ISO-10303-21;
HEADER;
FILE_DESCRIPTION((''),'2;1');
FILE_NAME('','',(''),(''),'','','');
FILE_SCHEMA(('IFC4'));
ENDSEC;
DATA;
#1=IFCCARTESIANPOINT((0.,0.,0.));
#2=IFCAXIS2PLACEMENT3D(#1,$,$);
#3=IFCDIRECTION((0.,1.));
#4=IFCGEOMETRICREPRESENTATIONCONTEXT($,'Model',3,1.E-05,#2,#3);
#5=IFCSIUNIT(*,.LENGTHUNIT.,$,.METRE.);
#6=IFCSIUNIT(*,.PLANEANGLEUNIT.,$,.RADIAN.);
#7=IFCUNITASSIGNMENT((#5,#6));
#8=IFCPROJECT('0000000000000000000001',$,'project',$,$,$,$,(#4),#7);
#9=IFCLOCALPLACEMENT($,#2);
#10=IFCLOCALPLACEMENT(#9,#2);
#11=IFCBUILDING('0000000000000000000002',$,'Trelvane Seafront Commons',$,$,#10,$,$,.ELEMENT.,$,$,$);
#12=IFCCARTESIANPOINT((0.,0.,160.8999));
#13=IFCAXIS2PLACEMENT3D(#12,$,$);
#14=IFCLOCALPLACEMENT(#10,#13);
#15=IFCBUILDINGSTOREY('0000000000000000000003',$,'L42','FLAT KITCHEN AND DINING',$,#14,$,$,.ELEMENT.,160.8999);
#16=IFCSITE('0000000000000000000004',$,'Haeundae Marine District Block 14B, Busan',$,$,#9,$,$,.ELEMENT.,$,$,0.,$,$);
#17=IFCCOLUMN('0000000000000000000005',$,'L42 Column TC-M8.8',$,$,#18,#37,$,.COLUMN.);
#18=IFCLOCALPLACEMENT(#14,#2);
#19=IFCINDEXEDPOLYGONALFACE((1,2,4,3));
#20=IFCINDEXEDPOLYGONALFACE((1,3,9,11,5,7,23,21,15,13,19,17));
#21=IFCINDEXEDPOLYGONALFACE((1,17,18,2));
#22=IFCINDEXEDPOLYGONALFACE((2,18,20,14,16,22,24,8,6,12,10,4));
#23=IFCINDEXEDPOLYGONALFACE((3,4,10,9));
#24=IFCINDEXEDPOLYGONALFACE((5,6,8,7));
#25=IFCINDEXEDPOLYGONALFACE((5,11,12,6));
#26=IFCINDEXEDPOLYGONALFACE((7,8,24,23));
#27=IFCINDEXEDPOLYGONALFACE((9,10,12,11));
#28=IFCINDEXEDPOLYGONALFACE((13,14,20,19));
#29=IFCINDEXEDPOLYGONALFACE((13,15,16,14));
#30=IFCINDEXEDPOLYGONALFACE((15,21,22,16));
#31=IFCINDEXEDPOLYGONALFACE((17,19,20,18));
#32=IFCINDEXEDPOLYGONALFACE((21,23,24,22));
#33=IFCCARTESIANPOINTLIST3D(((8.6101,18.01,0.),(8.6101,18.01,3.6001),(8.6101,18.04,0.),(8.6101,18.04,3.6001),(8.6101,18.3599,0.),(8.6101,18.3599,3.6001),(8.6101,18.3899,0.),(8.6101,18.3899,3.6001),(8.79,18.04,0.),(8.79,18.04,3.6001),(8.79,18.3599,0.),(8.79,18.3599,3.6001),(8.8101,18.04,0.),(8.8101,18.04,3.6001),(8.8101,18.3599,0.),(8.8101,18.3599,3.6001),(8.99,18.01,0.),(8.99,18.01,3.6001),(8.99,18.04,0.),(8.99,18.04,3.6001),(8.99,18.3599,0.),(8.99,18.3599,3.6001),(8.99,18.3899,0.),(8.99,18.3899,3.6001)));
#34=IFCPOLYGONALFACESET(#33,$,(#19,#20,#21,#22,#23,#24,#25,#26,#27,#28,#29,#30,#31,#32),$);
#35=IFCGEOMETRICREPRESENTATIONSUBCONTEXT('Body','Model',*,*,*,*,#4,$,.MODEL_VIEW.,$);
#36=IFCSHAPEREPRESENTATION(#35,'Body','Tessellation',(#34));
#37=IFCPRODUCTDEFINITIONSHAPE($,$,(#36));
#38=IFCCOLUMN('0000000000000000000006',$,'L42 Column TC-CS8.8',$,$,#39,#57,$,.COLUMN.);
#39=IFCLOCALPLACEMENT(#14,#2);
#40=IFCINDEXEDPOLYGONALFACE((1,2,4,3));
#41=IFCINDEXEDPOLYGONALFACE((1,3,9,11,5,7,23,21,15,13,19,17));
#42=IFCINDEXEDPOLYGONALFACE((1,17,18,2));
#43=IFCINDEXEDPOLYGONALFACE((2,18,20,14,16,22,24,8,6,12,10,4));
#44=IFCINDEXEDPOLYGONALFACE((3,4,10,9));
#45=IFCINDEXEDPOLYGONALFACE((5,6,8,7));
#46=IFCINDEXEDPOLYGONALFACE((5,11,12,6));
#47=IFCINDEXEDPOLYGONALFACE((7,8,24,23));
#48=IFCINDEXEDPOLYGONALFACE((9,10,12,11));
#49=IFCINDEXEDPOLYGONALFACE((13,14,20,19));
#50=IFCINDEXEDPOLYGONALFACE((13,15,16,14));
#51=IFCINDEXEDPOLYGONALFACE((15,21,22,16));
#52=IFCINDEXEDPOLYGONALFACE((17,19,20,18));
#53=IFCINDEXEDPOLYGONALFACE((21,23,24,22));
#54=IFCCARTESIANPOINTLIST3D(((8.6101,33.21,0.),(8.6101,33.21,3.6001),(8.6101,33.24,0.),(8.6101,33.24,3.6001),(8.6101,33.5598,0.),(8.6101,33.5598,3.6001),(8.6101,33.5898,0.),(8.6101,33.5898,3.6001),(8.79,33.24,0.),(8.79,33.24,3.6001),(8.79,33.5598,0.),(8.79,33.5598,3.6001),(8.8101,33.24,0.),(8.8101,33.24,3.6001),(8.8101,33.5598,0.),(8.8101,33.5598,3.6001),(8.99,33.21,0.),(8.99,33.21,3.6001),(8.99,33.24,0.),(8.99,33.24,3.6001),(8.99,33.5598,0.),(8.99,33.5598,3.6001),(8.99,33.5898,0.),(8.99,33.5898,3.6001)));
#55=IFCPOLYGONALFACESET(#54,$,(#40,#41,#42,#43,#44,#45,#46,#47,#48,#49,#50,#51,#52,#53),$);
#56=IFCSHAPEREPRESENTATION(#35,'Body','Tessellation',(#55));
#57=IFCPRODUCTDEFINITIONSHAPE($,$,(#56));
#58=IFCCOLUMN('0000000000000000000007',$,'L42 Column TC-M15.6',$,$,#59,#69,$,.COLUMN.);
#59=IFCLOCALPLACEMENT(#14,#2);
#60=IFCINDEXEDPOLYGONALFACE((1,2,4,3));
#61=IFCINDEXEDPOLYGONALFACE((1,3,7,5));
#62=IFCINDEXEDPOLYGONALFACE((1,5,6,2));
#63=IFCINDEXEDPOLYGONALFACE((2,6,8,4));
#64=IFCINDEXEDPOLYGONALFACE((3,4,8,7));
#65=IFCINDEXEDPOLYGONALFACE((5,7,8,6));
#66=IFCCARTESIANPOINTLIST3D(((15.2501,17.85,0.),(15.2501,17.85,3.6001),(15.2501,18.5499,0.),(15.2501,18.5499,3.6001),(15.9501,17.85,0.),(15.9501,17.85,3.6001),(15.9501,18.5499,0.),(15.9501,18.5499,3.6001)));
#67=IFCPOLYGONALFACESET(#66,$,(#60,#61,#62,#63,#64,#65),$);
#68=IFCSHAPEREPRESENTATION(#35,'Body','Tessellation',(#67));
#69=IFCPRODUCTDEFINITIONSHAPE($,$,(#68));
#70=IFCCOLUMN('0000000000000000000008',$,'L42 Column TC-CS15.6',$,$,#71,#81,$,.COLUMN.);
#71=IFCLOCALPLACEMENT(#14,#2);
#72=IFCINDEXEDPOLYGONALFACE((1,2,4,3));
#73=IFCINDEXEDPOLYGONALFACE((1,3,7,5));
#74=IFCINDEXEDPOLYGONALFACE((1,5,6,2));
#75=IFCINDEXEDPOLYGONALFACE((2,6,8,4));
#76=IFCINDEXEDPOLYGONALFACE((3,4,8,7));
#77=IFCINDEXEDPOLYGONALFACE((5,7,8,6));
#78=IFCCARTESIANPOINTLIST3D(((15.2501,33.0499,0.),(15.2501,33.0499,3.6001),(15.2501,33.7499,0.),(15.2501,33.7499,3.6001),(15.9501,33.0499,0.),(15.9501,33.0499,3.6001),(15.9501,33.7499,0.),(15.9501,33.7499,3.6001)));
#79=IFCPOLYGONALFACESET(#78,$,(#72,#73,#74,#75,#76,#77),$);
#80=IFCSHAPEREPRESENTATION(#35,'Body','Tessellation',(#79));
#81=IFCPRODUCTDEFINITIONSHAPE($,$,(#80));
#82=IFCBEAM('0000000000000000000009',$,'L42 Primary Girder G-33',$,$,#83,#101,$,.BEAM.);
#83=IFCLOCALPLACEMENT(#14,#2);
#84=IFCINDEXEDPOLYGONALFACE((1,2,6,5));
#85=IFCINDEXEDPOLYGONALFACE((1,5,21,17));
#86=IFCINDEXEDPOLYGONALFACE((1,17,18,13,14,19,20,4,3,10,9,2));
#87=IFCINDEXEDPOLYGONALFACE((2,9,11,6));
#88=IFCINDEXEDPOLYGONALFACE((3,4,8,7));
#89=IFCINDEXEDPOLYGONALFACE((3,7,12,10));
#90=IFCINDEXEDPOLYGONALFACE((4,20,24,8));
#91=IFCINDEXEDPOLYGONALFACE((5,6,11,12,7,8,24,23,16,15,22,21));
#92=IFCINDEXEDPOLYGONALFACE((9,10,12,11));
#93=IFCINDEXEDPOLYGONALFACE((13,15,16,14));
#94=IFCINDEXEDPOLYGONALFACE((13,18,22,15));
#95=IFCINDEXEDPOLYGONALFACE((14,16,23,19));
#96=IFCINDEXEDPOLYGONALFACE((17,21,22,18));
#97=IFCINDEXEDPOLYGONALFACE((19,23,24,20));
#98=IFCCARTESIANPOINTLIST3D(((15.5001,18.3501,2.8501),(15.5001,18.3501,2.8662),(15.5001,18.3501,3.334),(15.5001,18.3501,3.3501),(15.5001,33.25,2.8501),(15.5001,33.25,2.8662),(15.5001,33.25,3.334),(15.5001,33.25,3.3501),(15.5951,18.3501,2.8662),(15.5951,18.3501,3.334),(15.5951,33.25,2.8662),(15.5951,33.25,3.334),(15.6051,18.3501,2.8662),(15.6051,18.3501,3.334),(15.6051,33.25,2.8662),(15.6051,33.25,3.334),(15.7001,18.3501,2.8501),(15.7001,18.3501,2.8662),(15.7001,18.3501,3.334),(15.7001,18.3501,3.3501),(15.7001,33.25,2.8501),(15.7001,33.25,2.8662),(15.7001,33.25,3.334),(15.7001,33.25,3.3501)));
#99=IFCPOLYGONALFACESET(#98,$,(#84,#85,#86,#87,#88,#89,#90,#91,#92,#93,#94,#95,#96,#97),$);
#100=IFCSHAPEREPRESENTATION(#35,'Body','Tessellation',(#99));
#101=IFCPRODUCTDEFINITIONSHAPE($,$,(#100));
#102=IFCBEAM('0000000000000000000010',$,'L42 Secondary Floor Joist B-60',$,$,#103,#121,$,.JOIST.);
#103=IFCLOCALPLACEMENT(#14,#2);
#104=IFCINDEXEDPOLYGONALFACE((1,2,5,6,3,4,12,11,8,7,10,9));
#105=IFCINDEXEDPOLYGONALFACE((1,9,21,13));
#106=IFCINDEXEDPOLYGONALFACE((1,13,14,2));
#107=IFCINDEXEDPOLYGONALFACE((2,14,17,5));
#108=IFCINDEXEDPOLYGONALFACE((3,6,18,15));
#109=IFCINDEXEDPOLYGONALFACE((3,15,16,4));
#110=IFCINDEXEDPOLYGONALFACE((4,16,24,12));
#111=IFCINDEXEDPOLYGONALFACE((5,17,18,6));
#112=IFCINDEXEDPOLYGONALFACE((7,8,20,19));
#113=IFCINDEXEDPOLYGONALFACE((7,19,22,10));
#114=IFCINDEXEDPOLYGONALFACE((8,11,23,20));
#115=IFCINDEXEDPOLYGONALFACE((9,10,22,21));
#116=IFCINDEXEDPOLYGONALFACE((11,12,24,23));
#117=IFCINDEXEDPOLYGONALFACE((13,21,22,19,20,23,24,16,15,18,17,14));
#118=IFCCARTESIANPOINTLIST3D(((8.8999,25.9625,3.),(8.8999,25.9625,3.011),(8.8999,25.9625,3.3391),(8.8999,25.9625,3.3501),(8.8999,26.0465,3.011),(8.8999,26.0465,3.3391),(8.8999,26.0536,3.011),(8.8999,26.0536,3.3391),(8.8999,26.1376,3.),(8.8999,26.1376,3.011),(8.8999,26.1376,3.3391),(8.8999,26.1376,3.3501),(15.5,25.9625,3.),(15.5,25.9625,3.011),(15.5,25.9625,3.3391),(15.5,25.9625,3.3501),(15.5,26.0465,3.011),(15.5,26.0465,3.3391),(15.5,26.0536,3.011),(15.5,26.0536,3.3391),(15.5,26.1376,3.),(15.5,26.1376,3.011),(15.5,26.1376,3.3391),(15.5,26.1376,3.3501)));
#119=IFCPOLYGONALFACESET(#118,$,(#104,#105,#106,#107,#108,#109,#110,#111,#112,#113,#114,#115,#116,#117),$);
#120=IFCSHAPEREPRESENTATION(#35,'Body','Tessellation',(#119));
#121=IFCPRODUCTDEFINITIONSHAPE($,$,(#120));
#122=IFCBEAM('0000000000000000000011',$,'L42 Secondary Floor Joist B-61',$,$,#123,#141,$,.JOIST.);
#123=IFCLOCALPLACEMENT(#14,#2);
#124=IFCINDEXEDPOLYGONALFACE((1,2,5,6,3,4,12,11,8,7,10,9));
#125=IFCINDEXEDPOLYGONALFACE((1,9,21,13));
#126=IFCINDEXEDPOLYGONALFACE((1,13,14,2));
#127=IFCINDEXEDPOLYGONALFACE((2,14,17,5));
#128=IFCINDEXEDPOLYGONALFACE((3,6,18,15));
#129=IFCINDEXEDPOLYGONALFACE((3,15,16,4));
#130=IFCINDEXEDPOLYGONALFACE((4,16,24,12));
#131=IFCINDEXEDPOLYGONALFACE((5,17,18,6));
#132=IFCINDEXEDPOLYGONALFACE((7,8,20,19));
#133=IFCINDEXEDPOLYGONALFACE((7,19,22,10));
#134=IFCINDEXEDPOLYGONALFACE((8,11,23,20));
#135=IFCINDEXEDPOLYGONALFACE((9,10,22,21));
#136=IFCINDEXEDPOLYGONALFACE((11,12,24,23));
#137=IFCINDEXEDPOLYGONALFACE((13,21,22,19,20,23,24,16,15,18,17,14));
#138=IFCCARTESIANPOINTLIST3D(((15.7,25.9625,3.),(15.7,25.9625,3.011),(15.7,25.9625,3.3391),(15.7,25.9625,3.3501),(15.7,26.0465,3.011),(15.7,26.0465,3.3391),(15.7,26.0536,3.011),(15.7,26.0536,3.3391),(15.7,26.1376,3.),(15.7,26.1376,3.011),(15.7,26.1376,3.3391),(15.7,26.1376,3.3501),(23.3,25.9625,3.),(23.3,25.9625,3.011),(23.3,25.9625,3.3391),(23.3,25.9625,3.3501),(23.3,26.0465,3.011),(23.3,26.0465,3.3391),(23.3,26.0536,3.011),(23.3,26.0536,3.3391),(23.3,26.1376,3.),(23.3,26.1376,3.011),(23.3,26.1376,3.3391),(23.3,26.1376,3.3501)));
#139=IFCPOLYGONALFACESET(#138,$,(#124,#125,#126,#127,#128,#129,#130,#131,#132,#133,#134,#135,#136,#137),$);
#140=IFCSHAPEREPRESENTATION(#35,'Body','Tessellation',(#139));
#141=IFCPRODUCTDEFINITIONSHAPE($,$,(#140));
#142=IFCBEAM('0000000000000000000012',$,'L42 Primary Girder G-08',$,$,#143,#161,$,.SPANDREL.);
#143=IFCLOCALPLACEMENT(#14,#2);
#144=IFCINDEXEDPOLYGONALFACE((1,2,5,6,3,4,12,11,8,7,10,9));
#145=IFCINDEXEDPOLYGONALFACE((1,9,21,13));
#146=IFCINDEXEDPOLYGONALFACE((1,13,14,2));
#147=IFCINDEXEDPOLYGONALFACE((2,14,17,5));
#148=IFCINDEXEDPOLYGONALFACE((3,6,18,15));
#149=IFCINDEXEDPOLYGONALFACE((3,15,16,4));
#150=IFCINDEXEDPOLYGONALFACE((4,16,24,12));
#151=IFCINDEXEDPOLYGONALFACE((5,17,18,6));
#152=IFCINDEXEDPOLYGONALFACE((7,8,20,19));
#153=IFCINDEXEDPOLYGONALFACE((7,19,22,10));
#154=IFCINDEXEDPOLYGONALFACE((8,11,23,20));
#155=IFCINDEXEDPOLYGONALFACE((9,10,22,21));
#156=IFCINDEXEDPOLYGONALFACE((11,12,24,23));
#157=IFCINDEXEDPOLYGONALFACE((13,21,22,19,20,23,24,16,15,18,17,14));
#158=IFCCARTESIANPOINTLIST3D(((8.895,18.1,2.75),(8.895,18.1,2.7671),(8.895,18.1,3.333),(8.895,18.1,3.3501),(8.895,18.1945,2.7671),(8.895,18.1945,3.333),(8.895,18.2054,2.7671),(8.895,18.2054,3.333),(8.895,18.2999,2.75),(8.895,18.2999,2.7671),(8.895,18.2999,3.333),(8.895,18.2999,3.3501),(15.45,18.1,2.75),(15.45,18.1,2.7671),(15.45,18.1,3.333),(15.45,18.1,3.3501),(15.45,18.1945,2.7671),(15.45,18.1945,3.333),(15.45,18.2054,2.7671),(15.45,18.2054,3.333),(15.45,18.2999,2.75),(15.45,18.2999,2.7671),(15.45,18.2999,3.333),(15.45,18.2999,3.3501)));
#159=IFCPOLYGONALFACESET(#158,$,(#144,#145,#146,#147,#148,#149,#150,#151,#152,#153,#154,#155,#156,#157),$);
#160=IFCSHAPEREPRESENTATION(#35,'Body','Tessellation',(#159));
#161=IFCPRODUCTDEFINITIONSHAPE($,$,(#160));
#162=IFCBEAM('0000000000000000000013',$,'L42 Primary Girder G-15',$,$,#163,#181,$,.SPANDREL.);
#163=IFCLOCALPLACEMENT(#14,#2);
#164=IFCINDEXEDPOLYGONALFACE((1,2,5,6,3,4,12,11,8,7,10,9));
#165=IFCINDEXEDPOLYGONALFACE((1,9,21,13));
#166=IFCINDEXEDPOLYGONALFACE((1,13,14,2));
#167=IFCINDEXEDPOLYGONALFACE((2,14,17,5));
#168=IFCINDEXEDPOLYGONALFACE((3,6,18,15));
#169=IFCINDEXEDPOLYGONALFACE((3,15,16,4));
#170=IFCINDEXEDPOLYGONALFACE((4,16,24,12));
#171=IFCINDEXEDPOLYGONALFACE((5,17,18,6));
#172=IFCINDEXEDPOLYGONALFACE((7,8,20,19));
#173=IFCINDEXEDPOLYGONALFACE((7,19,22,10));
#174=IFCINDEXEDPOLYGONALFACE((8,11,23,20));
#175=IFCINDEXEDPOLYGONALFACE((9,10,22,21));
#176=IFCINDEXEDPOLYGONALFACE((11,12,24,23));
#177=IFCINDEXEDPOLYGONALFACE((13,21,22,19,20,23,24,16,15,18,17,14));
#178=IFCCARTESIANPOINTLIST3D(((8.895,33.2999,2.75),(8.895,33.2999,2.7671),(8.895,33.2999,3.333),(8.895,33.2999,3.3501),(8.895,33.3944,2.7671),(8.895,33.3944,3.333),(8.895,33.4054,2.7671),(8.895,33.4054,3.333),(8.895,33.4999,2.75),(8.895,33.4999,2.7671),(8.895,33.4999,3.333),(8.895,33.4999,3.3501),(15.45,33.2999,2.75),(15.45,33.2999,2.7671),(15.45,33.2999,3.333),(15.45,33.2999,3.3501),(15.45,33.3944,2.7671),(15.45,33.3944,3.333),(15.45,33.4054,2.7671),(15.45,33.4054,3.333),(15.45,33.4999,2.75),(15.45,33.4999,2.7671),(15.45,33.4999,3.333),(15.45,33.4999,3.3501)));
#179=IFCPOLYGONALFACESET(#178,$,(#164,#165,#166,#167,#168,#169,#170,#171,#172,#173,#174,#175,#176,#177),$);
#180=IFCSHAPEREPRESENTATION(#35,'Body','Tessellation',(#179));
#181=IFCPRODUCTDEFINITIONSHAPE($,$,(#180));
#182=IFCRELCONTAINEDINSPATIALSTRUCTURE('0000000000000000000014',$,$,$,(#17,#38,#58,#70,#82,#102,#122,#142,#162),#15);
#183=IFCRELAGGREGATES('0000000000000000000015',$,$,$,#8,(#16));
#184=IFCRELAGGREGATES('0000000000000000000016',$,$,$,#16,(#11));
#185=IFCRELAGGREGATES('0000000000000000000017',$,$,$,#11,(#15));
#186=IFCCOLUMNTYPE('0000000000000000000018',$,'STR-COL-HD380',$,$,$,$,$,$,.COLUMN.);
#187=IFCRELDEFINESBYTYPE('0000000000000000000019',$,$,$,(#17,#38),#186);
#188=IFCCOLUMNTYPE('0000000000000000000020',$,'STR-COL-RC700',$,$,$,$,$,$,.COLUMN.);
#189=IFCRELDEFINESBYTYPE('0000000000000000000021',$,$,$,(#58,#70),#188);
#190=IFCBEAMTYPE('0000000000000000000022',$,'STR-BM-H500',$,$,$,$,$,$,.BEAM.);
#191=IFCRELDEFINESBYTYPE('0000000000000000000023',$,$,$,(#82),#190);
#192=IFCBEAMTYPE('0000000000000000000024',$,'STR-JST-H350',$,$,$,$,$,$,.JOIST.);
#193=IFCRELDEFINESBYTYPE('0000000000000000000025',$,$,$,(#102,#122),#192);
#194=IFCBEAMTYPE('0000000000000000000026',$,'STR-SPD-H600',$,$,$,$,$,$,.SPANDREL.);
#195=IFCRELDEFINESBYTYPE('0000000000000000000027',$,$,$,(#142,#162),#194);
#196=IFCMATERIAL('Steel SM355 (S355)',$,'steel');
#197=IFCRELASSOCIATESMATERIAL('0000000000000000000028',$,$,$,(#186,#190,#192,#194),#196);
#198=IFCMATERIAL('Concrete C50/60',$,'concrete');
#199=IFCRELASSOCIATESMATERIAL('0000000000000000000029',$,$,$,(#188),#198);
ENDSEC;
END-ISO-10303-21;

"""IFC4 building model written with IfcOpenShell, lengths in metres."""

from ifc_helpers import new_model, si_unit, direction, frame, origin, origin_2d, place, context, subcontext, project, spatial, rectangle, i_section, extrude, source, transform, mapped, material, material_profile, profile_set, type_object, element, save


model = new_model("IFC4")

# Units and contexts
model_context = context("Model", 3, precision=1e-05, world=origin(), true_north=direction((0.0, 1.0)))
body_context = subcontext(model_context, "Body", "Model", "MODEL_VIEW")
ifc_project = project(units=[si_unit("LENGTHUNIT", "METRE"), si_unit("PLANEANGLEUNIT", "RADIAN")], contexts=[model_context])

# Site, building, storey
site_placement = place(None, origin())
site = spatial("IfcSite", under=ifc_project, at=site_placement, Name="Haeundae Marine District Block 14B, Busan", CompositionType="ELEMENT", RefElevation=0.0)
building_placement = place(site_placement, origin())
building = spatial("IfcBuilding", under=site, at=building_placement, Name="Trelvane Seafront Commons", CompositionType="ELEMENT")
storey_placement = place(building_placement, frame((0.0, 0.0, 160.8999)))
storey = spatial("IfcBuildingStorey", under=building, at=storey_placement, Name="L42", Description="FLAT KITCHEN AND DINING", CompositionType="ELEMENT", Elevation=160.8999)

# Columns
ifc_material_1 = material(Name="Steel SM355 (S355)", Category="steel")
ifc_material_profile_1 = material_profile(ifc_material_1, i_section(OverallWidth=0.3799, OverallDepth=0.3799, WebThickness=0.02, FlangeThickness=0.03, at=origin_2d()), Name="HD-380x380x20x30")
ifc_profile_set_1 = profile_set([ifc_material_profile_1], Name="Steel SM355 (S355)")
column_type_1 = type_object("IfcColumnType", Name="STR-COL-HD380", PredefinedType="COLUMN", material=ifc_profile_set_1)
shared_shape_1 = source(origin(), body_context, "Body", "SweptSolid", [
    extrude(i_section(OverallWidth=0.3799, OverallDepth=0.3799, WebThickness=0.02, FlangeThickness=0.03, at=origin_2d()), origin(), (0.0, 0.0, 1.0), 3.6001),
])
for number, where, z_axis, x_axis, name in (
    (1, (8.8, 18.2, 0.0), (0.0, 0.0, 1.0), (1.0, 0.0, 0.0), "L42 Column TC-M8.8"),
    (2, (8.8, 33.3999, 0.0), (0.0, 0.0, 1.0), (1.0, 0.0, 0.0), "L42 Column TC-CS8.8"),
):
    element("IfcColumn", number, at=place(storey_placement, frame(where, z_axis=z_axis, x_axis=x_axis)), inside=storey, type_object=column_type_1, Name=name, PredefinedType="COLUMN", context=body_context, shape_type="MappedRepresentation", body=[
        mapped(shared_shape_1, transform((0.0, 0.0, 0.0), x_axis=(1.0, 0.0, 0.0), y_axis=(0.0, 1.0, 0.0), z_axis=(0.0, 0.0, 1.0), scale=1.0)),
    ])
ifc_material_2 = material(Name="Concrete C50/60", Category="concrete")
ifc_material_profile_2 = material_profile(ifc_material_2, rectangle(XDim=0.7, YDim=0.7, at=origin_2d()), Name="RC-700x700")
ifc_profile_set_2 = profile_set([ifc_material_profile_2], Name="Concrete C50/60")
column_type_2 = type_object("IfcColumnType", Name="STR-COL-RC700", PredefinedType="COLUMN", material=ifc_profile_set_2)
shared_shape_2 = source(origin(), body_context, "Body", "SweptSolid", [
    extrude(rectangle(XDim=0.7, YDim=0.7, at=origin_2d()), origin(), (0.0, 0.0, 1.0), 3.6001),
])
for number, where, z_axis, x_axis, name in (
    (3, (15.6001, 18.2, 0.0), (0.0, 0.0, 1.0), (1.0, 0.0, 0.0), "L42 Column TC-M15.6"),
    (4, (15.6001, 33.3999, 0.0), (0.0, 0.0, 1.0), (1.0, 0.0, 0.0), "L42 Column TC-CS15.6"),
):
    element("IfcColumn", number, at=place(storey_placement, frame(where, z_axis=z_axis, x_axis=x_axis)), inside=storey, type_object=column_type_2, Name=name, PredefinedType="COLUMN", context=body_context, shape_type="MappedRepresentation", body=[
        mapped(shared_shape_2, transform((0.0, 0.0, 0.0), x_axis=(1.0, 0.0, 0.0), y_axis=(0.0, 1.0, 0.0), z_axis=(0.0, 0.0, 1.0), scale=1.0)),
    ])

# Beams
ifc_material_profile_3 = material_profile(ifc_material_1, i_section(OverallWidth=0.2, OverallDepth=0.5, WebThickness=0.01, FlangeThickness=0.0161, at=origin_2d()), Name="H-500x200x10x16")
ifc_profile_set_3 = profile_set([ifc_material_profile_3], Name="Steel SM355 (S355)")
beam_type_1 = type_object("IfcBeamType", Name="STR-BM-H500", PredefinedType="BEAM", material=ifc_profile_set_3)
shared_shape_3 = source(origin(), body_context, "Body", "SweptSolid", [
    extrude(i_section(OverallWidth=0.2, OverallDepth=0.5, WebThickness=0.01, FlangeThickness=0.0161, at=origin_2d()), origin(), (0.0, 0.0, 1.0), 14.8999),
])
beam_1_placement = place(storey_placement, frame((15.6001, 18.3501, 3.1001), z_axis=(0.0, 1.0, 0.0), x_axis=(-1.0, 0.0, 0.0)))
element("IfcBeam", 5, at=beam_1_placement, inside=storey, type_object=beam_type_1, Name="L42 Primary Girder G-33", PredefinedType="BEAM", context=body_context, shape_type="MappedRepresentation", body=[
    mapped(shared_shape_3, transform((0.0, 0.0, 0.0), x_axis=(1.0, 0.0, 0.0), y_axis=(0.0, 1.0, 0.0), z_axis=(0.0, 0.0, 1.0), scale=1.0)),
])
ifc_material_profile_4 = material_profile(ifc_material_1, i_section(OverallWidth=0.175, OverallDepth=0.3501, WebThickness=0.0071, FlangeThickness=0.011, at=origin_2d()), Name="H-350x175x7x11")
ifc_profile_set_4 = profile_set([ifc_material_profile_4], Name="Steel SM355 (S355)")
beam_type_2 = type_object("IfcBeamType", Name="STR-JST-H350", PredefinedType="JOIST", material=ifc_profile_set_4)
shared_shape_4 = source(origin(), body_context, "Body", "SweptSolid", [
    extrude(i_section(OverallWidth=0.175, OverallDepth=0.3501, WebThickness=0.0071, FlangeThickness=0.011, at=origin_2d()), origin(), (0.0, 0.0, 1.0), 6.6001),
])
beam_2_placement = place(storey_placement, frame((8.8999, 26.05, 3.175), z_axis=(1.0, 0.0, 0.0), x_axis=(0.0, 1.0, 0.0)))
element("IfcBeam", 6, at=beam_2_placement, inside=storey, type_object=beam_type_2, Name="L42 Secondary Floor Joist B-60", PredefinedType="JOIST", context=body_context, shape_type="MappedRepresentation", body=[
    mapped(shared_shape_4, transform((0.0, 0.0, 0.0), x_axis=(1.0, 0.0, 0.0), y_axis=(0.0, 1.0, 0.0), z_axis=(0.0, 0.0, 1.0), scale=1.0)),
])
shared_shape_5 = source(origin(), body_context, "Body", "SweptSolid", [
    extrude(i_section(OverallWidth=0.175, OverallDepth=0.3501, WebThickness=0.0071, FlangeThickness=0.011, at=origin_2d()), origin(), (0.0, 0.0, 1.0), 7.6001),
])
beam_3_placement = place(storey_placement, frame((15.7, 26.05, 3.175), z_axis=(1.0, 0.0, 0.0), x_axis=(0.0, 1.0, 0.0)))
element("IfcBeam", 7, at=beam_3_placement, inside=storey, type_object=beam_type_2, Name="L42 Secondary Floor Joist B-61", PredefinedType="JOIST", context=body_context, shape_type="MappedRepresentation", body=[
    mapped(shared_shape_5, transform((0.0, 0.0, 0.0), x_axis=(1.0, 0.0, 0.0), y_axis=(0.0, 1.0, 0.0), z_axis=(0.0, 0.0, 1.0), scale=1.0)),
])
ifc_material_profile_5 = material_profile(ifc_material_1, i_section(OverallWidth=0.2, OverallDepth=0.6001, WebThickness=0.011, FlangeThickness=0.0171, at=origin_2d()), Name="H-600x200x11x17")
ifc_profile_set_5 = profile_set([ifc_material_profile_5], Name="Steel SM355 (S355)")
beam_type_3 = type_object("IfcBeamType", Name="STR-SPD-H600", PredefinedType="SPANDREL", material=ifc_profile_set_5)
shared_shape_6 = source(origin(), body_context, "Body", "SweptSolid", [
    extrude(i_section(OverallWidth=0.2, OverallDepth=0.6001, WebThickness=0.011, FlangeThickness=0.0171, at=origin_2d()), origin(), (0.0, 0.0, 1.0), 6.5549),
])
for number, where, z_axis, x_axis, name in (
    (8, (8.895, 18.2, 3.05), (1.0, 0.0, 0.0), (0.0, 1.0, 0.0), "L42 Primary Girder G-08"),
    (9, (8.895, 33.3999, 3.05), (1.0, 0.0, 0.0), (0.0, 1.0, 0.0), "L42 Primary Girder G-15"),
):
    element("IfcBeam", number, at=place(storey_placement, frame(where, z_axis=z_axis, x_axis=x_axis)), inside=storey, type_object=beam_type_3, Name=name, PredefinedType="SPANDREL", context=body_context, shape_type="MappedRepresentation", body=[
        mapped(shared_shape_6, transform((0.0, 0.0, 0.0), x_axis=(1.0, 0.0, 0.0), y_axis=(0.0, 1.0, 0.0), z_axis=(0.0, 0.0, 1.0), scale=1.0)),
    ])

save(model, "model.ifc")
